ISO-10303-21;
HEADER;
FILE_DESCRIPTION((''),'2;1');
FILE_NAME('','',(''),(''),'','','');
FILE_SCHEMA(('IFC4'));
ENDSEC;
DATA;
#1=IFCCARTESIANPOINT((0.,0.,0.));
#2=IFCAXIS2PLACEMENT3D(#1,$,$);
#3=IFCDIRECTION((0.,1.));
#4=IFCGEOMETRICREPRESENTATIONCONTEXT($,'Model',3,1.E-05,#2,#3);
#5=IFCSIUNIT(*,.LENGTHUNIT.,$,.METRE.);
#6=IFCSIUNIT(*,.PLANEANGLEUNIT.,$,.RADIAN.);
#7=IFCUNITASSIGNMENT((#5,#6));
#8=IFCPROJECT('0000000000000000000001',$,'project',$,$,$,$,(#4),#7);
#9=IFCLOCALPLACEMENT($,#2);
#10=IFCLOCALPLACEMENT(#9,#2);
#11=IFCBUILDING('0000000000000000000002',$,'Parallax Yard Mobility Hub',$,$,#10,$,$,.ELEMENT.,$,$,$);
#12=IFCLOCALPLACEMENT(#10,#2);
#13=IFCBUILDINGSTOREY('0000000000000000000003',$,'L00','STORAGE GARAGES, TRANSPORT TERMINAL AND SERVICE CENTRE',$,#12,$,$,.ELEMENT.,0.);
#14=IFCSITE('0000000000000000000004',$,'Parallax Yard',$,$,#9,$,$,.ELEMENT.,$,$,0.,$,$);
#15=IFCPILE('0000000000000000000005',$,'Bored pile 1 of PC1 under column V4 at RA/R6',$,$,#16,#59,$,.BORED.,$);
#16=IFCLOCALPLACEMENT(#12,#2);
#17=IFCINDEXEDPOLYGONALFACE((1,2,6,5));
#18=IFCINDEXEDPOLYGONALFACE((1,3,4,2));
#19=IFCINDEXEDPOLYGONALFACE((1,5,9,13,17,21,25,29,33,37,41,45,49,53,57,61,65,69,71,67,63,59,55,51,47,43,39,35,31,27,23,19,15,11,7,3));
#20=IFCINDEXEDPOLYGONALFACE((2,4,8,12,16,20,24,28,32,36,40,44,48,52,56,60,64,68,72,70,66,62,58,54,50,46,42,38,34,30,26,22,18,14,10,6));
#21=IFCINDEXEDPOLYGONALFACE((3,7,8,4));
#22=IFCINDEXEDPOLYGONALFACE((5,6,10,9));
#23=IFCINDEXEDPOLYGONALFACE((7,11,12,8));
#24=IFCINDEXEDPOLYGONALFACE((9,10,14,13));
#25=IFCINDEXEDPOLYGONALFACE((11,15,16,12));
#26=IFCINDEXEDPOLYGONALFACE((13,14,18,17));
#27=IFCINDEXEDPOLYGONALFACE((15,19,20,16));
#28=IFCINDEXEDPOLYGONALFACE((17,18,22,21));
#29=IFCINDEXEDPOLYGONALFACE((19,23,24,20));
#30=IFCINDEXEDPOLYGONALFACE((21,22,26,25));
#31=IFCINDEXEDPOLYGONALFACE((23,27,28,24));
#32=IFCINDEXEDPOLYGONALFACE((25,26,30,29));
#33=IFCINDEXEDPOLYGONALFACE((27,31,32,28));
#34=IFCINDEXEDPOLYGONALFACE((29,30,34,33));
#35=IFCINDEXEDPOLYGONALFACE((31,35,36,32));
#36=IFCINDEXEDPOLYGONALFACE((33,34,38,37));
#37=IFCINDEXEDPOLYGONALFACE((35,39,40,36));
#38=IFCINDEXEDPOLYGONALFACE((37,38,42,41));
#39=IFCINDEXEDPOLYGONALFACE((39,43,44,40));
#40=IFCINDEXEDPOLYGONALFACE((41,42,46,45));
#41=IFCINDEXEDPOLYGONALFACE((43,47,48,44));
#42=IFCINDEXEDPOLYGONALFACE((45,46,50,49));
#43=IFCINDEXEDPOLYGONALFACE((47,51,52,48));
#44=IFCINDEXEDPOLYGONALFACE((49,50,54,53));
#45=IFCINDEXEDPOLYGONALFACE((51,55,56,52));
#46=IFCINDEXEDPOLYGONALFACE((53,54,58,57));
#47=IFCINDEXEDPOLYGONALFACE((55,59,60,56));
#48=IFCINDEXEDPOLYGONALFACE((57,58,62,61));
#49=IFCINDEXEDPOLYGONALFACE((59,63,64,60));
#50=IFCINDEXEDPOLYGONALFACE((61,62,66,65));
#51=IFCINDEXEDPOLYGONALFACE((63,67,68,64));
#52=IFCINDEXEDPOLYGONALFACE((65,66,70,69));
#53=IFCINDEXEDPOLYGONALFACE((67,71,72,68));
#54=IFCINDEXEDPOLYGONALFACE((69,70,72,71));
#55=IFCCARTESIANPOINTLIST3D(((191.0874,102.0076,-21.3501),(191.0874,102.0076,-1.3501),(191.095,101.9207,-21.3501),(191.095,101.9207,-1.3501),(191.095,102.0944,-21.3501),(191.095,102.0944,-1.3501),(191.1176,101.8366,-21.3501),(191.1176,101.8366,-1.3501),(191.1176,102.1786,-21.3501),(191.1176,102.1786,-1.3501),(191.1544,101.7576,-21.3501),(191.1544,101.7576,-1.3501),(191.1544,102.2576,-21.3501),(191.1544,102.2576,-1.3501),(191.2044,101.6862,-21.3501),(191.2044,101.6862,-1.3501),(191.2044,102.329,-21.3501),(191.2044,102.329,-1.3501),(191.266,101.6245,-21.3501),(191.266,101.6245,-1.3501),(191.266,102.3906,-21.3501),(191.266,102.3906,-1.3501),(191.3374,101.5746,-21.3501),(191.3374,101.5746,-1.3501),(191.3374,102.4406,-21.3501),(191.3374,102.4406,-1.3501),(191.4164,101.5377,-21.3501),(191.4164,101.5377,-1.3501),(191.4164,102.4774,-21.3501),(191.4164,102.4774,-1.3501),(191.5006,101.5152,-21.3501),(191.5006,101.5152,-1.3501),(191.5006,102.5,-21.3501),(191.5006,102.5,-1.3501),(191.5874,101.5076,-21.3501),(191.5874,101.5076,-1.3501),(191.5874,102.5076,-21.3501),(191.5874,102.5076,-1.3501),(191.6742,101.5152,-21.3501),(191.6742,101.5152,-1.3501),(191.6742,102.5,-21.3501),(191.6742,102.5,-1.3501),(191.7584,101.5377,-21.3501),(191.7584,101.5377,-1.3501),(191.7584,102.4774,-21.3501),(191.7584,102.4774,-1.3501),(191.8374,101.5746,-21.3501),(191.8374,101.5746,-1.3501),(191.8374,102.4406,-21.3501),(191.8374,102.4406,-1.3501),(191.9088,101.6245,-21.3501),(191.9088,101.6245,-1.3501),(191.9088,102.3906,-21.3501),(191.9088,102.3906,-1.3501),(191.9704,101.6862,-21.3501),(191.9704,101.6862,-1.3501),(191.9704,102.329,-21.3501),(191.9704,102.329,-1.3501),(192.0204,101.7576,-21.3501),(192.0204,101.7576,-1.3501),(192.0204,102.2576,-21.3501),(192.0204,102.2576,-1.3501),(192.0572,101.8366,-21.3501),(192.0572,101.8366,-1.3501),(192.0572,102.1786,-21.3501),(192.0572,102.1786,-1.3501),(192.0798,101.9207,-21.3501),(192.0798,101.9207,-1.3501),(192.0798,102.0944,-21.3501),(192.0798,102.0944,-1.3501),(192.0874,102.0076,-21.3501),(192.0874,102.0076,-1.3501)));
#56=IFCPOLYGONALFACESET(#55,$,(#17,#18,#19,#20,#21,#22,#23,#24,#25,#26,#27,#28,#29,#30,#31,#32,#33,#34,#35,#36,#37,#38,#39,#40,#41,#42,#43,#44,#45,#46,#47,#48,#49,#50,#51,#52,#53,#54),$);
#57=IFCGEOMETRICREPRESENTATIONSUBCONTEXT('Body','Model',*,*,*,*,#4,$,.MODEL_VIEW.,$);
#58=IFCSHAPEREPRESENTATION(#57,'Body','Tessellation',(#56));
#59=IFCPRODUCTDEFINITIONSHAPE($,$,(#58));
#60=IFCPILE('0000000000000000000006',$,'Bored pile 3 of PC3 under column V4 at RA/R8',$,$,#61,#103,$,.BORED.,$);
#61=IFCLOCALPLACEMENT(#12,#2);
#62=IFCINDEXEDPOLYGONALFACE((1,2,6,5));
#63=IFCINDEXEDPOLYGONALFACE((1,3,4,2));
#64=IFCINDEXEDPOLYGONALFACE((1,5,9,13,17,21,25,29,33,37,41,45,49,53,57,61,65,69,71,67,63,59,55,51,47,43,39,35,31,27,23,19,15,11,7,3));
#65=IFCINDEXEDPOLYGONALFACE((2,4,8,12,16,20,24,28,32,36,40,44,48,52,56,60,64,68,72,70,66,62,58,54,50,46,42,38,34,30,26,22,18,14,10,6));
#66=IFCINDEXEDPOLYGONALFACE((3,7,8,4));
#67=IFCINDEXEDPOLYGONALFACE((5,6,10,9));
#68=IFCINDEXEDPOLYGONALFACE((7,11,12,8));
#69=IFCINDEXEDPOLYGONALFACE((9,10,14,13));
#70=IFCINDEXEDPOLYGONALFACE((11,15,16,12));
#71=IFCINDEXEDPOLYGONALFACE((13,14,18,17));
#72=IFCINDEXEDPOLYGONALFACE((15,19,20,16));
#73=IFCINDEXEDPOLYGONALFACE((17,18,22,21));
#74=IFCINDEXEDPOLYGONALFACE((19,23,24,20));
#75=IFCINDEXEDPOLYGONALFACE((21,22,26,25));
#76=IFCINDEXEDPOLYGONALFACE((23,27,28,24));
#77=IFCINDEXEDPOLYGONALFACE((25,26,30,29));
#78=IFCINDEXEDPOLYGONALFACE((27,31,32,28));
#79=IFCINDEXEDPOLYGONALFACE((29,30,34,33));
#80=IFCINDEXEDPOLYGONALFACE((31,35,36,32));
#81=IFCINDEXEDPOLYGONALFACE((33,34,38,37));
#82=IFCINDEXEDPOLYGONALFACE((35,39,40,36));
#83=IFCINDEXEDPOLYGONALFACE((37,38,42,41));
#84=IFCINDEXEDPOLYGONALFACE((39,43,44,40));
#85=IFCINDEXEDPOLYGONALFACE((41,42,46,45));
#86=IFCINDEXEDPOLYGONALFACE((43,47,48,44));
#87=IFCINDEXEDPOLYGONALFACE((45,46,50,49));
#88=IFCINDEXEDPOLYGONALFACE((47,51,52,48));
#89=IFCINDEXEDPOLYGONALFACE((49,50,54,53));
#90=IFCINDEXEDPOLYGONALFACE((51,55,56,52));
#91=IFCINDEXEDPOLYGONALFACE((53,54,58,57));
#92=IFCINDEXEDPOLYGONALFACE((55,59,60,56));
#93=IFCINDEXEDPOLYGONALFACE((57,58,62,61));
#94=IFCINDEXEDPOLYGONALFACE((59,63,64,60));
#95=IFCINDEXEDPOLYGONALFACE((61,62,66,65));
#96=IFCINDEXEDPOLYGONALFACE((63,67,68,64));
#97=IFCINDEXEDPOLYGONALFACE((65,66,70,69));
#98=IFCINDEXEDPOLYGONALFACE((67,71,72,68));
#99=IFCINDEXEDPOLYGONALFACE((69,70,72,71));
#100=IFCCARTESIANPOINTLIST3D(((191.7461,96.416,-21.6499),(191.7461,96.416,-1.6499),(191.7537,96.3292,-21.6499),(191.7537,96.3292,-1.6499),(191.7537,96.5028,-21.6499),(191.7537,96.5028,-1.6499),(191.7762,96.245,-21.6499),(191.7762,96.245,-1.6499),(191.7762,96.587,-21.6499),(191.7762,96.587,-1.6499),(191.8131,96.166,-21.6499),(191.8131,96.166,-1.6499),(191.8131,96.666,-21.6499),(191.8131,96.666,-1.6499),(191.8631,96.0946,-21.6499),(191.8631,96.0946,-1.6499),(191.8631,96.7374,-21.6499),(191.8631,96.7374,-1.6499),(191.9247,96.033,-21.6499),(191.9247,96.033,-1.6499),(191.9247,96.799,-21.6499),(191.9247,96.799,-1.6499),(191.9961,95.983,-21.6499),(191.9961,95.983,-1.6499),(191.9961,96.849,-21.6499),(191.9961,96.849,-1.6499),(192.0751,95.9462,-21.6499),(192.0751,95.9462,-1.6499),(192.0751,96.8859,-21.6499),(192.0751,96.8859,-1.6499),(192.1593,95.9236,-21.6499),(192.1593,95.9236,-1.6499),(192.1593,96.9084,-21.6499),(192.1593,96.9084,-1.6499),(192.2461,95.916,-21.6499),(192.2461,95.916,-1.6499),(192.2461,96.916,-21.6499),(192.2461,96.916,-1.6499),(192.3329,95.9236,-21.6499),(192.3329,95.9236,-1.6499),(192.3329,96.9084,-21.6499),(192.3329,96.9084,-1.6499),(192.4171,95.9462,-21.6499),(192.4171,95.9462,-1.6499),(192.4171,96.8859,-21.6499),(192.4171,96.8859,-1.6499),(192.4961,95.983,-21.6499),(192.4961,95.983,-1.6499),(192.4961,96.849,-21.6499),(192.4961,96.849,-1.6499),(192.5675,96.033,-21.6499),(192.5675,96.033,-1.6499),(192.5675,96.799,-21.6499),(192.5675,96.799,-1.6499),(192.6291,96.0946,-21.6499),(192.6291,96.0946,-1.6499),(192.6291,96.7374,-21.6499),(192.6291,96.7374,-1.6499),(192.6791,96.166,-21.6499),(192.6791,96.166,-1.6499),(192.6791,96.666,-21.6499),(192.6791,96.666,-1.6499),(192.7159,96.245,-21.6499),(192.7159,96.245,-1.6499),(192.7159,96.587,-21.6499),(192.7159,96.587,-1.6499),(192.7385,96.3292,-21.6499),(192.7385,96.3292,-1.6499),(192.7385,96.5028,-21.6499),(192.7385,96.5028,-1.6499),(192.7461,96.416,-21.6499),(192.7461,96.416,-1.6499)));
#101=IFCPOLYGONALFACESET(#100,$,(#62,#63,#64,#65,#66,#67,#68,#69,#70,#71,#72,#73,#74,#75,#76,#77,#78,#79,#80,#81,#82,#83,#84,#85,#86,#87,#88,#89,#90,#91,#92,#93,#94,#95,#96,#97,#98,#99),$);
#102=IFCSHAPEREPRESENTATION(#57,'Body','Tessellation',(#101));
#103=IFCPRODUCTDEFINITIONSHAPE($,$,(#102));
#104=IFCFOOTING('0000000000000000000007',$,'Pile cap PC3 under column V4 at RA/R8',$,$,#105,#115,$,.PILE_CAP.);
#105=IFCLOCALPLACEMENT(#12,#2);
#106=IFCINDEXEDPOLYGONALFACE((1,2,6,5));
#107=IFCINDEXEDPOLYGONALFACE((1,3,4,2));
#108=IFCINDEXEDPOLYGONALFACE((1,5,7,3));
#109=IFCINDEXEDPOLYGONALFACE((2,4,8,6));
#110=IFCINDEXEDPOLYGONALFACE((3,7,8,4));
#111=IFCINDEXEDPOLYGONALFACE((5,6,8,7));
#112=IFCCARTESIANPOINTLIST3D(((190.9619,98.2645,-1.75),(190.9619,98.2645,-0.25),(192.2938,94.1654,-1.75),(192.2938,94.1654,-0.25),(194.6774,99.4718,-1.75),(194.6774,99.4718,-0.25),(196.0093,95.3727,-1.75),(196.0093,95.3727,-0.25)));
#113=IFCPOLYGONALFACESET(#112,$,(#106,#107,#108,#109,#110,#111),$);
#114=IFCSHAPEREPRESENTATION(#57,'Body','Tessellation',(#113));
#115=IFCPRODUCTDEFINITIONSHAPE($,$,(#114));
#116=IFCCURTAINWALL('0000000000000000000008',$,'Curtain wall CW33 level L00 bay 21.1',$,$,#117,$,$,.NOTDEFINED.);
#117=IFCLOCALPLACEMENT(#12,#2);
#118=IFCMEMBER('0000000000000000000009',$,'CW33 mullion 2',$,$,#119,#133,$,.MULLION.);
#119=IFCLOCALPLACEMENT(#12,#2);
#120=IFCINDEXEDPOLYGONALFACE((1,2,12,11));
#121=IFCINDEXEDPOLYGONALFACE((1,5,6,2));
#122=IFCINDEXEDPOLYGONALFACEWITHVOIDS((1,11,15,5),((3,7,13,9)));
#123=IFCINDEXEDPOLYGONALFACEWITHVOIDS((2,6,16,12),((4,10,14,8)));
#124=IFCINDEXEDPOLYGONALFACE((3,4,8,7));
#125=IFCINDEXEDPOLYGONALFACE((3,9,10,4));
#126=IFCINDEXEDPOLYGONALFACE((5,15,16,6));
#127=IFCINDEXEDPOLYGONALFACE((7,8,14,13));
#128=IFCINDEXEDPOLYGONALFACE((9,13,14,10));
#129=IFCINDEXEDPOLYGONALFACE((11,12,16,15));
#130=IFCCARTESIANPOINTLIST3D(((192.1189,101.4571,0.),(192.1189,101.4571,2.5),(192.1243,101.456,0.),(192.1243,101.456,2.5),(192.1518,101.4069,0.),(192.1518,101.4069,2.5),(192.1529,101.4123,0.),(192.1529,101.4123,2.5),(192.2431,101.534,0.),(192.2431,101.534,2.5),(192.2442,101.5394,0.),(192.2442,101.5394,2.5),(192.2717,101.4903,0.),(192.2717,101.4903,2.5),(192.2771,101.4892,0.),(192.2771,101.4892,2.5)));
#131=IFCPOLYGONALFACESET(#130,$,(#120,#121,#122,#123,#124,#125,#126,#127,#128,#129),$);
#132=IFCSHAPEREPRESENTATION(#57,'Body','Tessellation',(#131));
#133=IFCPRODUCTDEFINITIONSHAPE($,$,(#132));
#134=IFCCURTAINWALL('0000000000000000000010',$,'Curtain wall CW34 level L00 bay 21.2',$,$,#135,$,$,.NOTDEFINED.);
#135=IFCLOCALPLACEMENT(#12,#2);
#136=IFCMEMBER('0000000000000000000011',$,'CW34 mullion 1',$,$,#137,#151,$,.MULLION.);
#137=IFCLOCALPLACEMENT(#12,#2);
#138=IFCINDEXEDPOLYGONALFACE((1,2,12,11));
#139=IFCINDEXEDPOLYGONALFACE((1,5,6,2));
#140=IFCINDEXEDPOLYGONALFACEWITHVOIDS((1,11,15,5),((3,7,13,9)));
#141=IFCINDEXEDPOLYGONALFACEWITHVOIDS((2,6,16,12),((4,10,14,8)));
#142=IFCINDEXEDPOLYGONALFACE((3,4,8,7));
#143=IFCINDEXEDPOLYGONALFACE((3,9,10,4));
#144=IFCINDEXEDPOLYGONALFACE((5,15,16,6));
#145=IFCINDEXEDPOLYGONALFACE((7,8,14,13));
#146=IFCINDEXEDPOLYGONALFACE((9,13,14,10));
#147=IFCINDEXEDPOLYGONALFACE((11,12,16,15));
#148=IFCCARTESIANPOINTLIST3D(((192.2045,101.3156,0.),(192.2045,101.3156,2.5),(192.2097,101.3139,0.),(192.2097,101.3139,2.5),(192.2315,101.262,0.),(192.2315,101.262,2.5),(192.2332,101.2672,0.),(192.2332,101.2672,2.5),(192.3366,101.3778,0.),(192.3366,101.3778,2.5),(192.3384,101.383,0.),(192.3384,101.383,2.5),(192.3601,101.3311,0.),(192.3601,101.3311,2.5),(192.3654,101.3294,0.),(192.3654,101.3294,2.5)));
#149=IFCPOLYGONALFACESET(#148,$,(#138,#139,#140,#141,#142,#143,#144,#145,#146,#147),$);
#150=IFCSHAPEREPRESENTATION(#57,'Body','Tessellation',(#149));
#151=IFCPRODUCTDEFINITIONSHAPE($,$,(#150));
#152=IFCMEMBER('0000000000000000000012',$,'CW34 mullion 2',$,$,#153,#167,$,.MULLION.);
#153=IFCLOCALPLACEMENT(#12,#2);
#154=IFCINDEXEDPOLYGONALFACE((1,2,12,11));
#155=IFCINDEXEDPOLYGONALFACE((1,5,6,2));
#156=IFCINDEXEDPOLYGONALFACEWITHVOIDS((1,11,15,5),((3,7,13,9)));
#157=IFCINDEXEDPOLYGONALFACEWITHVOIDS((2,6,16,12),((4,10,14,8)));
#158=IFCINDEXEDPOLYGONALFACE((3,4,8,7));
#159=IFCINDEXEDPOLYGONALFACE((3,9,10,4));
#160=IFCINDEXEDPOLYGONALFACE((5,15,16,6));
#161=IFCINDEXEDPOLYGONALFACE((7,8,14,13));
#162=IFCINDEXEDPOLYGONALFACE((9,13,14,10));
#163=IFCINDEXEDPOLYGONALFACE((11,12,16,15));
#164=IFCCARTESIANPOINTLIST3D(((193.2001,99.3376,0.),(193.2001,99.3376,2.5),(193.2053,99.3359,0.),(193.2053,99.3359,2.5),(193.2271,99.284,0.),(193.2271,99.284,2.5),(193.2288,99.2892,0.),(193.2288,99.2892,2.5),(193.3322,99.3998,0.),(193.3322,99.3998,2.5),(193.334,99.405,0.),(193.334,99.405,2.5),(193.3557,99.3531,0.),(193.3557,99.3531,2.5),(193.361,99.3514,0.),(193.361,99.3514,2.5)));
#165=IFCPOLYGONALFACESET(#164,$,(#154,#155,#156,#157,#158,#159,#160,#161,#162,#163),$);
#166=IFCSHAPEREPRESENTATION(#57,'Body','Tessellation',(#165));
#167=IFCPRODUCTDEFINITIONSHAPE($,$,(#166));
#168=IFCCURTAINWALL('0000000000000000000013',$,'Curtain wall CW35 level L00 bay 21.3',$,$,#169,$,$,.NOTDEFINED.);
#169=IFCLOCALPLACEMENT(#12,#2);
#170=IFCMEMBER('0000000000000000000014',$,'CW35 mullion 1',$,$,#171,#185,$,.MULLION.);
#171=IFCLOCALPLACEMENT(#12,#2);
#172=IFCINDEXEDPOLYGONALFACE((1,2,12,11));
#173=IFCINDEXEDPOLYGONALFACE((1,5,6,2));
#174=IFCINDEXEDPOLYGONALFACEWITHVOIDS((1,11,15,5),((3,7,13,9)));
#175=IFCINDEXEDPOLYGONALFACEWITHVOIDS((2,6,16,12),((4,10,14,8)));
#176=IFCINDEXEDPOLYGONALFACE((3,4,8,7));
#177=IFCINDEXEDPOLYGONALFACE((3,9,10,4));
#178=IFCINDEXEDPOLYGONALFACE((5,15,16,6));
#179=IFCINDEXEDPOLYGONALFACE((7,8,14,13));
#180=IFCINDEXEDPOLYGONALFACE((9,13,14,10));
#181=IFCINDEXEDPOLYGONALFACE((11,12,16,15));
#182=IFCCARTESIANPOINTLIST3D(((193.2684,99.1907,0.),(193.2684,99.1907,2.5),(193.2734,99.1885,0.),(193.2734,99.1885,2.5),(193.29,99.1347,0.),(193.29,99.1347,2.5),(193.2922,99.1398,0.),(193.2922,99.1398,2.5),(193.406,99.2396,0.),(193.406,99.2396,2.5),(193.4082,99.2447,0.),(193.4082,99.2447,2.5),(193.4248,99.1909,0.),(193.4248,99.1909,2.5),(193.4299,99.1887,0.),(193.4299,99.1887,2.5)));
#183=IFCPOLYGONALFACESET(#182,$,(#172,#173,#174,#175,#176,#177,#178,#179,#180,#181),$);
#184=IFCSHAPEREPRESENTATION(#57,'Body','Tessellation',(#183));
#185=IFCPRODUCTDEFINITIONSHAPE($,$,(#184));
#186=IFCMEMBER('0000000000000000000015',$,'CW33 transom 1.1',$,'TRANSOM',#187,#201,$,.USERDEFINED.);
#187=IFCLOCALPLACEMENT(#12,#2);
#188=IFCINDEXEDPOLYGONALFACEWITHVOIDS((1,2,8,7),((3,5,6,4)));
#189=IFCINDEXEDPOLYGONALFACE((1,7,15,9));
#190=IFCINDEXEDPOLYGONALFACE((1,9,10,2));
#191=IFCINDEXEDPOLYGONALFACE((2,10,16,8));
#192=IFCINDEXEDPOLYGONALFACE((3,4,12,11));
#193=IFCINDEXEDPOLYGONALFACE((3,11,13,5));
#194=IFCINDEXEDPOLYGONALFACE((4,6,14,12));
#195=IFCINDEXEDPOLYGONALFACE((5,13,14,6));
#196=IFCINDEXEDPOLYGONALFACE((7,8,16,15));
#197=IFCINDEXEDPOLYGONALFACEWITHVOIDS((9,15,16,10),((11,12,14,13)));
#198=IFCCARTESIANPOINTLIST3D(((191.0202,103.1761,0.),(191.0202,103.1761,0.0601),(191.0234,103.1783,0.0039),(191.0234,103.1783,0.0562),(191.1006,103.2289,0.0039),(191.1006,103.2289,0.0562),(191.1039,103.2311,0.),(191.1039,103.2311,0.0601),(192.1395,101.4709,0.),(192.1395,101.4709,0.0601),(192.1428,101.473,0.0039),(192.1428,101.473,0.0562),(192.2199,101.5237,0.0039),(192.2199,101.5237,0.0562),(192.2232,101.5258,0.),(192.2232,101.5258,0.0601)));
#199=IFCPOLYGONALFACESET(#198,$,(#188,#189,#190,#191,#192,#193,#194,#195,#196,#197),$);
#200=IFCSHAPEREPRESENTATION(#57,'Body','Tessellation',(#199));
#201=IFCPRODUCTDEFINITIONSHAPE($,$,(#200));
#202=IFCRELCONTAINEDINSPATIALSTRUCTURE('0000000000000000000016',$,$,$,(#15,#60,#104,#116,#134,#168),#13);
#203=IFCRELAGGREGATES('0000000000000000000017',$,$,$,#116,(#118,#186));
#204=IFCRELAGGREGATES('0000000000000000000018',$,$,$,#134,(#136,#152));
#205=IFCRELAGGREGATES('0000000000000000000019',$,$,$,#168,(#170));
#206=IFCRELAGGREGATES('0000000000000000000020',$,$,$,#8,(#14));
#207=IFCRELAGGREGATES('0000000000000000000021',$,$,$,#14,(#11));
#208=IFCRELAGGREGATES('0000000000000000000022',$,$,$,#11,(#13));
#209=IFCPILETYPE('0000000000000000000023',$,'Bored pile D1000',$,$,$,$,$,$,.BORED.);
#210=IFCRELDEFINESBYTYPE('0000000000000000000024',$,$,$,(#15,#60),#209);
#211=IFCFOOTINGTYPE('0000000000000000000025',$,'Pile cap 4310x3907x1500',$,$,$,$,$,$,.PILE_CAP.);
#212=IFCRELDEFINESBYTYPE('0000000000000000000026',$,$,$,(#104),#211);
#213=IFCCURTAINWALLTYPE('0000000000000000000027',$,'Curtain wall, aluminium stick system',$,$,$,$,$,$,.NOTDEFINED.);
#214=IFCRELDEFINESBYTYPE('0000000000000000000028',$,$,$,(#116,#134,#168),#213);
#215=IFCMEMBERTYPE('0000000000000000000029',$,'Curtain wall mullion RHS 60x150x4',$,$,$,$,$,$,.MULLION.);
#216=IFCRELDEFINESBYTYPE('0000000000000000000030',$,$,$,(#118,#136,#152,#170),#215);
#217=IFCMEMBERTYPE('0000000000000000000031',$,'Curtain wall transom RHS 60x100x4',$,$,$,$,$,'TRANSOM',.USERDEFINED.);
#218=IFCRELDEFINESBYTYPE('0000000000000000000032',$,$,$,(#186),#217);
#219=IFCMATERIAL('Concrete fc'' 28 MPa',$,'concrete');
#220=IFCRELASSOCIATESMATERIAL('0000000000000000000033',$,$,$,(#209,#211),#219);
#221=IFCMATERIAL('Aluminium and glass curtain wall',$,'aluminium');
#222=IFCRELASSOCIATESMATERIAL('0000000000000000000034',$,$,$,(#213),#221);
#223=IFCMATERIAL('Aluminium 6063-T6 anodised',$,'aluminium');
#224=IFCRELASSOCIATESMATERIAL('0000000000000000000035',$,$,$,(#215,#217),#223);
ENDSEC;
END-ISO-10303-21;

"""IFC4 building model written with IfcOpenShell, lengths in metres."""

from ifc_helpers import new_model, si_unit, direction, frame, origin, origin_2d, place, context, subcontext, project, spatial, rectangle, hollow_rectangle, circle, extrude, material, material_profile, profile_set, type_object, element, aggregate, save


model = new_model("IFC4")

# Units and contexts
model_context = context("Model", 3, precision=1e-05, world=origin(), true_north=direction((0.0, 1.0)))
body_context = subcontext(model_context, "Body", "Model", "MODEL_VIEW")
ifc_project = project(units=[si_unit("LENGTHUNIT", "METRE"), si_unit("PLANEANGLEUNIT", "RADIAN")], contexts=[model_context])

# Site, building, storey
site_placement = place(None, origin())
site = spatial("IfcSite", under=ifc_project, at=site_placement, Name="Parallax Yard", CompositionType="ELEMENT", RefElevation=0.0)
building_placement = place(site_placement, origin())
building = spatial("IfcBuilding", under=site, at=building_placement, Name="Parallax Yard Mobility Hub", CompositionType="ELEMENT")
storey_placement = place(building_placement, origin())
storey = spatial("IfcBuildingStorey", under=building, at=storey_placement, Name="L00", Description="STORAGE GARAGES, TRANSPORT TERMINAL AND SERVICE CENTRE", CompositionType="ELEMENT", Elevation=0.0)

# Piles
ifc_material_1 = material(Name="Concrete fc' 28 MPa", Category="concrete")
ifc_material_profile_1 = material_profile(ifc_material_1, circle(Radius=0.5, at=origin_2d()), Name="Bored pile D1000")
ifc_profile_set_1 = profile_set([ifc_material_profile_1], Name="Concrete fc' 28 MPa")
pile_type = type_object("IfcPileType", Name="Bored pile D1000", PredefinedType="BORED", material=ifc_profile_set_1)
for number, where, z_axis, x_axis, name in (
    (1, (191.5874, 102.0076, -1.3501), (0.0, 0.0, -1.0), (1.0, 0.0, 0.0), "Bored pile 1 of PC1 under column V4 at RA/R6"),
    (2, (192.2461, 96.416, -1.6499), (0.0, 0.0, -1.0), (1.0, 0.0, 0.0), "Bored pile 3 of PC3 under column V4 at RA/R8"),
):
    element("IfcPile", number, at=place(storey_placement, frame(where, z_axis=z_axis, x_axis=x_axis)), inside=storey, type_object=pile_type, Name=name, PredefinedType="BORED", context=body_context, shape_type="SweptSolid", body=[
        extrude(circle(Radius=0.5, at=origin_2d()), origin(), (0.0, 0.0, 1.0), 20.0),
    ])

# Footing
footing_type = type_object("IfcFootingType", Name="Pile cap 4310x3907x1500", PredefinedType="PILE_CAP", material=ifc_material_1)
footing_placement = place(storey_placement, frame((193.4856, 96.8186, -1.75), z_axis=(0.0, 0.0, 1.0), x_axis=(-0.309017, 0.951057, 0.0)))
element("IfcFooting", 3, at=footing_placement, inside=storey, type_object=footing_type, Name="Pile cap PC3 under column V4 at RA/R8", PredefinedType="PILE_CAP", context=body_context, shape_type="SweptSolid", body=[
    extrude(rectangle(XDim=4.3101, YDim=3.9067, at=origin_2d()), origin(), (0.0, 0.0, 1.0), 1.5),
])

# Curtain wall, member
ifc_material_2 = material(Name="Aluminium and glass curtain wall", Category="aluminium")
curtain_wall_type = type_object("IfcCurtainWallType", Name="Curtain wall, aluminium stick system", PredefinedType="NOTDEFINED", material=ifc_material_2)
curtain_wall_1_placement = place(storey_placement, origin())
curtain_wall_1 = element("IfcCurtainWall", 4, at=curtain_wall_1_placement, inside=storey, type_object=curtain_wall_type, Name="Curtain wall CW33 level L00 bay 21.1", PredefinedType="NOTDEFINED")
ifc_material_3 = material(Name="Aluminium 6063-T6 anodised", Category="aluminium")
ifc_material_profile_2 = material_profile(ifc_material_3, hollow_rectangle(XDim=0.1499, YDim=0.0601, WallThickness=0.0039, at=origin_2d()), Name="RHS 60x150x4")
ifc_profile_set_2 = profile_set([ifc_material_profile_2], Name="Aluminium 6063-T6 anodised")
member_type_1 = type_object("IfcMemberType", Name="Curtain wall mullion RHS 60x150x4", PredefinedType="MULLION", material=ifc_profile_set_2)
member_1_placement = place(storey_placement, frame((192.198, 101.4731, 0.0), z_axis=(0.0, 0.0, 1.0), x_axis=(0.835982, 0.548757, 0.0)))
member_1 = element("IfcMember", 5, at=member_1_placement, type_object=member_type_1, Name="CW33 mullion 2", PredefinedType="MULLION", context=body_context, shape_type="SweptSolid", body=[
    extrude(hollow_rectangle(XDim=0.1499, YDim=0.0601, WallThickness=0.0039, at=origin_2d()), origin(), (0.0, 0.0, 1.0), 2.5),
])

# Curtain wall, members
curtain_wall_2_placement = place(storey_placement, origin())
curtain_wall_2 = element("IfcCurtainWall", 6, at=curtain_wall_2_placement, inside=storey, type_object=curtain_wall_type, Name="Curtain wall CW34 level L00 bay 21.2", PredefinedType="NOTDEFINED")
member_2_placement = place(storey_placement, frame((192.2849, 101.3225, 0.0), z_axis=(0.0, 0.0, 1.0), x_axis=(0.893228, 0.449604, 0.0)))
member_2 = element("IfcMember", 7, at=member_2_placement, type_object=member_type_1, Name="CW34 mullion 1", PredefinedType="MULLION", context=body_context, shape_type="SweptSolid", body=[
    extrude(hollow_rectangle(XDim=0.1499, YDim=0.0601, WallThickness=0.0039, at=origin_2d()), origin(), (0.0, 0.0, 1.0), 2.5),
])
member_3_placement = place(storey_placement, frame((193.2805, 99.3445, 0.0), z_axis=(0.0, 0.0, 1.0), x_axis=(0.893228, 0.449604, 0.0)))
member_3 = element("IfcMember", 8, at=member_3_placement, type_object=member_type_1, Name="CW34 mullion 2", PredefinedType="MULLION", context=body_context, shape_type="SweptSolid", body=[
    extrude(hollow_rectangle(XDim=0.1499, YDim=0.0601, WallThickness=0.0039, at=origin_2d()), origin(), (0.0, 0.0, 1.0), 2.5),
])

# Curtain wall, member
curtain_wall_3_placement = place(storey_placement, origin())
curtain_wall_3 = element("IfcCurtainWall", 9, at=curtain_wall_3_placement, inside=storey, type_object=curtain_wall_type, Name="Curtain wall CW35 level L00 bay 21.3", PredefinedType="NOTDEFINED")
member_4_placement = place(storey_placement, frame((193.3491, 99.1897, 0.0), z_axis=(0.0, 0.0, 1.0), x_axis=(0.932984, 0.359918, 0.0)))
member_4 = element("IfcMember", 10, at=member_4_placement, type_object=member_type_1, Name="CW35 mullion 1", PredefinedType="MULLION", context=body_context, shape_type="SweptSolid", body=[
    extrude(hollow_rectangle(XDim=0.1499, YDim=0.0601, WallThickness=0.0039, at=origin_2d()), origin(), (0.0, 0.0, 1.0), 2.5),
])

# Member
ifc_material_profile_3 = material_profile(ifc_material_3, hollow_rectangle(XDim=0.1001, YDim=0.0601, WallThickness=0.0039, at=origin_2d()), Name="RHS 60x100x4")
ifc_profile_set_3 = profile_set([ifc_material_profile_3], Name="Aluminium 6063-T6 anodised")
member_type_2 = type_object("IfcMemberType", Name="Curtain wall transom RHS 60x100x4", ElementType="TRANSOM", PredefinedType="USERDEFINED", material=ifc_profile_set_3)
member_5_placement = place(storey_placement, frame((191.062, 103.2036, 0.03), z_axis=(0.548748, -0.835988, 0.0), x_axis=(0.835988, 0.548748, 0.0)))
member_5 = element("IfcMember", 11, at=member_5_placement, type_object=member_type_2, Name="CW33 transom 1.1", ObjectType="TRANSOM", PredefinedType="USERDEFINED", context=body_context, shape_type="SweptSolid", body=[
    extrude(hollow_rectangle(XDim=0.1001, YDim=0.0601, WallThickness=0.0039, at=origin_2d()), origin(), (0.0, 0.0, 1.0), 2.0398),
])

aggregate(curtain_wall_1, [member_1, member_5])
aggregate(curtain_wall_2, [member_2, member_3])
aggregate(curtain_wall_3, [member_4])

save(model, "model.ifc")
